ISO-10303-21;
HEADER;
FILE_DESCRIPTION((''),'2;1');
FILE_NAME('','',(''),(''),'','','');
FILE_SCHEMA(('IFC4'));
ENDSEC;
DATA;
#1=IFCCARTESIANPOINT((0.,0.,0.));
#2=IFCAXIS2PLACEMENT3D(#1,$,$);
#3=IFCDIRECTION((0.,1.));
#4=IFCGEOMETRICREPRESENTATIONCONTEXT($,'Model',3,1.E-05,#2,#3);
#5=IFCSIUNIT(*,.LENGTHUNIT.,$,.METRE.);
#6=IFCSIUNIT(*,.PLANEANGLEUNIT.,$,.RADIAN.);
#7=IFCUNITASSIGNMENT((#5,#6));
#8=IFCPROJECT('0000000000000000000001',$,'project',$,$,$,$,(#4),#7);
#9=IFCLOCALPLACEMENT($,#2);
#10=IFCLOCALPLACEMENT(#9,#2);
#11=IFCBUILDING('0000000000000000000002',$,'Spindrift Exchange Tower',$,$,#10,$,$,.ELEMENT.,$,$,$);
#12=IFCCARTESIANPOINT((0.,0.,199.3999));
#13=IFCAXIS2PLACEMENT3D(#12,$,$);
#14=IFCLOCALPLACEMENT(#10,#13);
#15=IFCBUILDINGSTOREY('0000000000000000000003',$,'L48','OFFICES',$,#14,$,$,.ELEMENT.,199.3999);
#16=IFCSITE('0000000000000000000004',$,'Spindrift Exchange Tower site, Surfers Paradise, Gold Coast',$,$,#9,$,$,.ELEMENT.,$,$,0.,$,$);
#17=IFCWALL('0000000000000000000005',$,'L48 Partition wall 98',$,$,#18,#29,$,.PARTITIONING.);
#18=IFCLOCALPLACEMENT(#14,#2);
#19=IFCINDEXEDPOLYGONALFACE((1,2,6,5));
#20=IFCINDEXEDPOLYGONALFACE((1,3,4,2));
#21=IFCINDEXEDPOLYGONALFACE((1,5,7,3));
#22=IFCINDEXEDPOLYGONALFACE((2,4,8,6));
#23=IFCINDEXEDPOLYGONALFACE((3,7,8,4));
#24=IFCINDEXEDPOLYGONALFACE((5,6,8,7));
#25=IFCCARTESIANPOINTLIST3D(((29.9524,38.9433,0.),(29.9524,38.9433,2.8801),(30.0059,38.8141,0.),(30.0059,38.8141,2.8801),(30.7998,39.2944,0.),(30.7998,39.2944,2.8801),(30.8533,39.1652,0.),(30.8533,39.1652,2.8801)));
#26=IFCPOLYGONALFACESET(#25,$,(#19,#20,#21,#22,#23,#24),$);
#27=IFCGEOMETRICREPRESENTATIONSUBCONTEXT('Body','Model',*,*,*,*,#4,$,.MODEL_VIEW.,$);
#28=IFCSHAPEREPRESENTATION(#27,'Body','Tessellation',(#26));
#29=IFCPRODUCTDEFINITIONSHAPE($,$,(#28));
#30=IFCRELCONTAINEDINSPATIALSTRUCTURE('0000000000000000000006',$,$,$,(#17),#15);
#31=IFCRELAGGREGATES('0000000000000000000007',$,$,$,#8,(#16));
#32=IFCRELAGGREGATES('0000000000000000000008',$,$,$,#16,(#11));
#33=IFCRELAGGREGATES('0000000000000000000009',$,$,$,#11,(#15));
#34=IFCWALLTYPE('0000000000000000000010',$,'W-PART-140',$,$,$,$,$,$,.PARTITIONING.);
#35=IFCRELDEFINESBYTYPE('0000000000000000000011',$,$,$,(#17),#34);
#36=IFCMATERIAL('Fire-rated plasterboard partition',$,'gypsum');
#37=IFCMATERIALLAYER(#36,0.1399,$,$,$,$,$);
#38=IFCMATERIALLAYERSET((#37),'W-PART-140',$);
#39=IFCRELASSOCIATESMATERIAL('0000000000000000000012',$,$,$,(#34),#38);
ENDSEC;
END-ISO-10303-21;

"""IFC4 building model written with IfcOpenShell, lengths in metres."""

from ifc_helpers import new_model, si_unit, direction, frame, frame_2d, origin, place, context, subcontext, project, spatial, rectangle, extrude, material, layer, layer_set, type_object, element, save


model = new_model("IFC4")

# Units and contexts
model_context = context("Model", 3, precision=1e-05, world=origin(), true_north=direction((0.0, 1.0)))
body_context = subcontext(model_context, "Body", "Model", "MODEL_VIEW")
ifc_project = project(units=[si_unit("LENGTHUNIT", "METRE"), si_unit("PLANEANGLEUNIT", "RADIAN")], contexts=[model_context])

# Site, building, storey
site_placement = place(None, origin())
site = spatial("IfcSite", under=ifc_project, at=site_placement, Name="Spindrift Exchange Tower site, Surfers Paradise, Gold Coast", CompositionType="ELEMENT", RefElevation=0.0)
building_placement = place(site_placement, origin())
building = spatial("IfcBuilding", under=site, at=building_placement, Name="Spindrift Exchange Tower", CompositionType="ELEMENT")
storey_placement = place(building_placement, frame((0.0, 0.0, 199.3999)))
storey = spatial("IfcBuildingStorey", under=building, at=storey_placement, Name="L48", Description="OFFICES", CompositionType="ELEMENT", Elevation=199.3999)

# Shared definitions
ifc_material_1 = material(Name="Fire-rated plasterboard partition", Category="gypsum")
ifc_layer_1 = layer(ifc_material_1, 0.1399)
ifc_layer_set_1 = layer_set([ifc_layer_1], Name="W-PART-140")
wall_type = type_object("IfcWallType", Name="W-PART-140", PredefinedType="PARTITIONING", material=ifc_layer_set_1)

# Wall
wall_1_placement = place(storey_placement, frame((30.8264, 39.2297, 0.0), z_axis=(0.0, 0.0, 1.0), x_axis=(-0.923855, -0.382744, 0.0)))
element("IfcWall", 1, at=wall_1_placement, inside=storey, type_object=wall_type, Name="L48 Partition wall 98", PredefinedType="PARTITIONING", context=body_context, shape_type="SweptSolid", body=[
    extrude(rectangle(XDim=0.9172, YDim=0.1399, at=frame_2d((0.4585, 0.0))), origin(), (0.0, 0.0, 1.0), 2.8801),
])

save(model, "model.ifc")
